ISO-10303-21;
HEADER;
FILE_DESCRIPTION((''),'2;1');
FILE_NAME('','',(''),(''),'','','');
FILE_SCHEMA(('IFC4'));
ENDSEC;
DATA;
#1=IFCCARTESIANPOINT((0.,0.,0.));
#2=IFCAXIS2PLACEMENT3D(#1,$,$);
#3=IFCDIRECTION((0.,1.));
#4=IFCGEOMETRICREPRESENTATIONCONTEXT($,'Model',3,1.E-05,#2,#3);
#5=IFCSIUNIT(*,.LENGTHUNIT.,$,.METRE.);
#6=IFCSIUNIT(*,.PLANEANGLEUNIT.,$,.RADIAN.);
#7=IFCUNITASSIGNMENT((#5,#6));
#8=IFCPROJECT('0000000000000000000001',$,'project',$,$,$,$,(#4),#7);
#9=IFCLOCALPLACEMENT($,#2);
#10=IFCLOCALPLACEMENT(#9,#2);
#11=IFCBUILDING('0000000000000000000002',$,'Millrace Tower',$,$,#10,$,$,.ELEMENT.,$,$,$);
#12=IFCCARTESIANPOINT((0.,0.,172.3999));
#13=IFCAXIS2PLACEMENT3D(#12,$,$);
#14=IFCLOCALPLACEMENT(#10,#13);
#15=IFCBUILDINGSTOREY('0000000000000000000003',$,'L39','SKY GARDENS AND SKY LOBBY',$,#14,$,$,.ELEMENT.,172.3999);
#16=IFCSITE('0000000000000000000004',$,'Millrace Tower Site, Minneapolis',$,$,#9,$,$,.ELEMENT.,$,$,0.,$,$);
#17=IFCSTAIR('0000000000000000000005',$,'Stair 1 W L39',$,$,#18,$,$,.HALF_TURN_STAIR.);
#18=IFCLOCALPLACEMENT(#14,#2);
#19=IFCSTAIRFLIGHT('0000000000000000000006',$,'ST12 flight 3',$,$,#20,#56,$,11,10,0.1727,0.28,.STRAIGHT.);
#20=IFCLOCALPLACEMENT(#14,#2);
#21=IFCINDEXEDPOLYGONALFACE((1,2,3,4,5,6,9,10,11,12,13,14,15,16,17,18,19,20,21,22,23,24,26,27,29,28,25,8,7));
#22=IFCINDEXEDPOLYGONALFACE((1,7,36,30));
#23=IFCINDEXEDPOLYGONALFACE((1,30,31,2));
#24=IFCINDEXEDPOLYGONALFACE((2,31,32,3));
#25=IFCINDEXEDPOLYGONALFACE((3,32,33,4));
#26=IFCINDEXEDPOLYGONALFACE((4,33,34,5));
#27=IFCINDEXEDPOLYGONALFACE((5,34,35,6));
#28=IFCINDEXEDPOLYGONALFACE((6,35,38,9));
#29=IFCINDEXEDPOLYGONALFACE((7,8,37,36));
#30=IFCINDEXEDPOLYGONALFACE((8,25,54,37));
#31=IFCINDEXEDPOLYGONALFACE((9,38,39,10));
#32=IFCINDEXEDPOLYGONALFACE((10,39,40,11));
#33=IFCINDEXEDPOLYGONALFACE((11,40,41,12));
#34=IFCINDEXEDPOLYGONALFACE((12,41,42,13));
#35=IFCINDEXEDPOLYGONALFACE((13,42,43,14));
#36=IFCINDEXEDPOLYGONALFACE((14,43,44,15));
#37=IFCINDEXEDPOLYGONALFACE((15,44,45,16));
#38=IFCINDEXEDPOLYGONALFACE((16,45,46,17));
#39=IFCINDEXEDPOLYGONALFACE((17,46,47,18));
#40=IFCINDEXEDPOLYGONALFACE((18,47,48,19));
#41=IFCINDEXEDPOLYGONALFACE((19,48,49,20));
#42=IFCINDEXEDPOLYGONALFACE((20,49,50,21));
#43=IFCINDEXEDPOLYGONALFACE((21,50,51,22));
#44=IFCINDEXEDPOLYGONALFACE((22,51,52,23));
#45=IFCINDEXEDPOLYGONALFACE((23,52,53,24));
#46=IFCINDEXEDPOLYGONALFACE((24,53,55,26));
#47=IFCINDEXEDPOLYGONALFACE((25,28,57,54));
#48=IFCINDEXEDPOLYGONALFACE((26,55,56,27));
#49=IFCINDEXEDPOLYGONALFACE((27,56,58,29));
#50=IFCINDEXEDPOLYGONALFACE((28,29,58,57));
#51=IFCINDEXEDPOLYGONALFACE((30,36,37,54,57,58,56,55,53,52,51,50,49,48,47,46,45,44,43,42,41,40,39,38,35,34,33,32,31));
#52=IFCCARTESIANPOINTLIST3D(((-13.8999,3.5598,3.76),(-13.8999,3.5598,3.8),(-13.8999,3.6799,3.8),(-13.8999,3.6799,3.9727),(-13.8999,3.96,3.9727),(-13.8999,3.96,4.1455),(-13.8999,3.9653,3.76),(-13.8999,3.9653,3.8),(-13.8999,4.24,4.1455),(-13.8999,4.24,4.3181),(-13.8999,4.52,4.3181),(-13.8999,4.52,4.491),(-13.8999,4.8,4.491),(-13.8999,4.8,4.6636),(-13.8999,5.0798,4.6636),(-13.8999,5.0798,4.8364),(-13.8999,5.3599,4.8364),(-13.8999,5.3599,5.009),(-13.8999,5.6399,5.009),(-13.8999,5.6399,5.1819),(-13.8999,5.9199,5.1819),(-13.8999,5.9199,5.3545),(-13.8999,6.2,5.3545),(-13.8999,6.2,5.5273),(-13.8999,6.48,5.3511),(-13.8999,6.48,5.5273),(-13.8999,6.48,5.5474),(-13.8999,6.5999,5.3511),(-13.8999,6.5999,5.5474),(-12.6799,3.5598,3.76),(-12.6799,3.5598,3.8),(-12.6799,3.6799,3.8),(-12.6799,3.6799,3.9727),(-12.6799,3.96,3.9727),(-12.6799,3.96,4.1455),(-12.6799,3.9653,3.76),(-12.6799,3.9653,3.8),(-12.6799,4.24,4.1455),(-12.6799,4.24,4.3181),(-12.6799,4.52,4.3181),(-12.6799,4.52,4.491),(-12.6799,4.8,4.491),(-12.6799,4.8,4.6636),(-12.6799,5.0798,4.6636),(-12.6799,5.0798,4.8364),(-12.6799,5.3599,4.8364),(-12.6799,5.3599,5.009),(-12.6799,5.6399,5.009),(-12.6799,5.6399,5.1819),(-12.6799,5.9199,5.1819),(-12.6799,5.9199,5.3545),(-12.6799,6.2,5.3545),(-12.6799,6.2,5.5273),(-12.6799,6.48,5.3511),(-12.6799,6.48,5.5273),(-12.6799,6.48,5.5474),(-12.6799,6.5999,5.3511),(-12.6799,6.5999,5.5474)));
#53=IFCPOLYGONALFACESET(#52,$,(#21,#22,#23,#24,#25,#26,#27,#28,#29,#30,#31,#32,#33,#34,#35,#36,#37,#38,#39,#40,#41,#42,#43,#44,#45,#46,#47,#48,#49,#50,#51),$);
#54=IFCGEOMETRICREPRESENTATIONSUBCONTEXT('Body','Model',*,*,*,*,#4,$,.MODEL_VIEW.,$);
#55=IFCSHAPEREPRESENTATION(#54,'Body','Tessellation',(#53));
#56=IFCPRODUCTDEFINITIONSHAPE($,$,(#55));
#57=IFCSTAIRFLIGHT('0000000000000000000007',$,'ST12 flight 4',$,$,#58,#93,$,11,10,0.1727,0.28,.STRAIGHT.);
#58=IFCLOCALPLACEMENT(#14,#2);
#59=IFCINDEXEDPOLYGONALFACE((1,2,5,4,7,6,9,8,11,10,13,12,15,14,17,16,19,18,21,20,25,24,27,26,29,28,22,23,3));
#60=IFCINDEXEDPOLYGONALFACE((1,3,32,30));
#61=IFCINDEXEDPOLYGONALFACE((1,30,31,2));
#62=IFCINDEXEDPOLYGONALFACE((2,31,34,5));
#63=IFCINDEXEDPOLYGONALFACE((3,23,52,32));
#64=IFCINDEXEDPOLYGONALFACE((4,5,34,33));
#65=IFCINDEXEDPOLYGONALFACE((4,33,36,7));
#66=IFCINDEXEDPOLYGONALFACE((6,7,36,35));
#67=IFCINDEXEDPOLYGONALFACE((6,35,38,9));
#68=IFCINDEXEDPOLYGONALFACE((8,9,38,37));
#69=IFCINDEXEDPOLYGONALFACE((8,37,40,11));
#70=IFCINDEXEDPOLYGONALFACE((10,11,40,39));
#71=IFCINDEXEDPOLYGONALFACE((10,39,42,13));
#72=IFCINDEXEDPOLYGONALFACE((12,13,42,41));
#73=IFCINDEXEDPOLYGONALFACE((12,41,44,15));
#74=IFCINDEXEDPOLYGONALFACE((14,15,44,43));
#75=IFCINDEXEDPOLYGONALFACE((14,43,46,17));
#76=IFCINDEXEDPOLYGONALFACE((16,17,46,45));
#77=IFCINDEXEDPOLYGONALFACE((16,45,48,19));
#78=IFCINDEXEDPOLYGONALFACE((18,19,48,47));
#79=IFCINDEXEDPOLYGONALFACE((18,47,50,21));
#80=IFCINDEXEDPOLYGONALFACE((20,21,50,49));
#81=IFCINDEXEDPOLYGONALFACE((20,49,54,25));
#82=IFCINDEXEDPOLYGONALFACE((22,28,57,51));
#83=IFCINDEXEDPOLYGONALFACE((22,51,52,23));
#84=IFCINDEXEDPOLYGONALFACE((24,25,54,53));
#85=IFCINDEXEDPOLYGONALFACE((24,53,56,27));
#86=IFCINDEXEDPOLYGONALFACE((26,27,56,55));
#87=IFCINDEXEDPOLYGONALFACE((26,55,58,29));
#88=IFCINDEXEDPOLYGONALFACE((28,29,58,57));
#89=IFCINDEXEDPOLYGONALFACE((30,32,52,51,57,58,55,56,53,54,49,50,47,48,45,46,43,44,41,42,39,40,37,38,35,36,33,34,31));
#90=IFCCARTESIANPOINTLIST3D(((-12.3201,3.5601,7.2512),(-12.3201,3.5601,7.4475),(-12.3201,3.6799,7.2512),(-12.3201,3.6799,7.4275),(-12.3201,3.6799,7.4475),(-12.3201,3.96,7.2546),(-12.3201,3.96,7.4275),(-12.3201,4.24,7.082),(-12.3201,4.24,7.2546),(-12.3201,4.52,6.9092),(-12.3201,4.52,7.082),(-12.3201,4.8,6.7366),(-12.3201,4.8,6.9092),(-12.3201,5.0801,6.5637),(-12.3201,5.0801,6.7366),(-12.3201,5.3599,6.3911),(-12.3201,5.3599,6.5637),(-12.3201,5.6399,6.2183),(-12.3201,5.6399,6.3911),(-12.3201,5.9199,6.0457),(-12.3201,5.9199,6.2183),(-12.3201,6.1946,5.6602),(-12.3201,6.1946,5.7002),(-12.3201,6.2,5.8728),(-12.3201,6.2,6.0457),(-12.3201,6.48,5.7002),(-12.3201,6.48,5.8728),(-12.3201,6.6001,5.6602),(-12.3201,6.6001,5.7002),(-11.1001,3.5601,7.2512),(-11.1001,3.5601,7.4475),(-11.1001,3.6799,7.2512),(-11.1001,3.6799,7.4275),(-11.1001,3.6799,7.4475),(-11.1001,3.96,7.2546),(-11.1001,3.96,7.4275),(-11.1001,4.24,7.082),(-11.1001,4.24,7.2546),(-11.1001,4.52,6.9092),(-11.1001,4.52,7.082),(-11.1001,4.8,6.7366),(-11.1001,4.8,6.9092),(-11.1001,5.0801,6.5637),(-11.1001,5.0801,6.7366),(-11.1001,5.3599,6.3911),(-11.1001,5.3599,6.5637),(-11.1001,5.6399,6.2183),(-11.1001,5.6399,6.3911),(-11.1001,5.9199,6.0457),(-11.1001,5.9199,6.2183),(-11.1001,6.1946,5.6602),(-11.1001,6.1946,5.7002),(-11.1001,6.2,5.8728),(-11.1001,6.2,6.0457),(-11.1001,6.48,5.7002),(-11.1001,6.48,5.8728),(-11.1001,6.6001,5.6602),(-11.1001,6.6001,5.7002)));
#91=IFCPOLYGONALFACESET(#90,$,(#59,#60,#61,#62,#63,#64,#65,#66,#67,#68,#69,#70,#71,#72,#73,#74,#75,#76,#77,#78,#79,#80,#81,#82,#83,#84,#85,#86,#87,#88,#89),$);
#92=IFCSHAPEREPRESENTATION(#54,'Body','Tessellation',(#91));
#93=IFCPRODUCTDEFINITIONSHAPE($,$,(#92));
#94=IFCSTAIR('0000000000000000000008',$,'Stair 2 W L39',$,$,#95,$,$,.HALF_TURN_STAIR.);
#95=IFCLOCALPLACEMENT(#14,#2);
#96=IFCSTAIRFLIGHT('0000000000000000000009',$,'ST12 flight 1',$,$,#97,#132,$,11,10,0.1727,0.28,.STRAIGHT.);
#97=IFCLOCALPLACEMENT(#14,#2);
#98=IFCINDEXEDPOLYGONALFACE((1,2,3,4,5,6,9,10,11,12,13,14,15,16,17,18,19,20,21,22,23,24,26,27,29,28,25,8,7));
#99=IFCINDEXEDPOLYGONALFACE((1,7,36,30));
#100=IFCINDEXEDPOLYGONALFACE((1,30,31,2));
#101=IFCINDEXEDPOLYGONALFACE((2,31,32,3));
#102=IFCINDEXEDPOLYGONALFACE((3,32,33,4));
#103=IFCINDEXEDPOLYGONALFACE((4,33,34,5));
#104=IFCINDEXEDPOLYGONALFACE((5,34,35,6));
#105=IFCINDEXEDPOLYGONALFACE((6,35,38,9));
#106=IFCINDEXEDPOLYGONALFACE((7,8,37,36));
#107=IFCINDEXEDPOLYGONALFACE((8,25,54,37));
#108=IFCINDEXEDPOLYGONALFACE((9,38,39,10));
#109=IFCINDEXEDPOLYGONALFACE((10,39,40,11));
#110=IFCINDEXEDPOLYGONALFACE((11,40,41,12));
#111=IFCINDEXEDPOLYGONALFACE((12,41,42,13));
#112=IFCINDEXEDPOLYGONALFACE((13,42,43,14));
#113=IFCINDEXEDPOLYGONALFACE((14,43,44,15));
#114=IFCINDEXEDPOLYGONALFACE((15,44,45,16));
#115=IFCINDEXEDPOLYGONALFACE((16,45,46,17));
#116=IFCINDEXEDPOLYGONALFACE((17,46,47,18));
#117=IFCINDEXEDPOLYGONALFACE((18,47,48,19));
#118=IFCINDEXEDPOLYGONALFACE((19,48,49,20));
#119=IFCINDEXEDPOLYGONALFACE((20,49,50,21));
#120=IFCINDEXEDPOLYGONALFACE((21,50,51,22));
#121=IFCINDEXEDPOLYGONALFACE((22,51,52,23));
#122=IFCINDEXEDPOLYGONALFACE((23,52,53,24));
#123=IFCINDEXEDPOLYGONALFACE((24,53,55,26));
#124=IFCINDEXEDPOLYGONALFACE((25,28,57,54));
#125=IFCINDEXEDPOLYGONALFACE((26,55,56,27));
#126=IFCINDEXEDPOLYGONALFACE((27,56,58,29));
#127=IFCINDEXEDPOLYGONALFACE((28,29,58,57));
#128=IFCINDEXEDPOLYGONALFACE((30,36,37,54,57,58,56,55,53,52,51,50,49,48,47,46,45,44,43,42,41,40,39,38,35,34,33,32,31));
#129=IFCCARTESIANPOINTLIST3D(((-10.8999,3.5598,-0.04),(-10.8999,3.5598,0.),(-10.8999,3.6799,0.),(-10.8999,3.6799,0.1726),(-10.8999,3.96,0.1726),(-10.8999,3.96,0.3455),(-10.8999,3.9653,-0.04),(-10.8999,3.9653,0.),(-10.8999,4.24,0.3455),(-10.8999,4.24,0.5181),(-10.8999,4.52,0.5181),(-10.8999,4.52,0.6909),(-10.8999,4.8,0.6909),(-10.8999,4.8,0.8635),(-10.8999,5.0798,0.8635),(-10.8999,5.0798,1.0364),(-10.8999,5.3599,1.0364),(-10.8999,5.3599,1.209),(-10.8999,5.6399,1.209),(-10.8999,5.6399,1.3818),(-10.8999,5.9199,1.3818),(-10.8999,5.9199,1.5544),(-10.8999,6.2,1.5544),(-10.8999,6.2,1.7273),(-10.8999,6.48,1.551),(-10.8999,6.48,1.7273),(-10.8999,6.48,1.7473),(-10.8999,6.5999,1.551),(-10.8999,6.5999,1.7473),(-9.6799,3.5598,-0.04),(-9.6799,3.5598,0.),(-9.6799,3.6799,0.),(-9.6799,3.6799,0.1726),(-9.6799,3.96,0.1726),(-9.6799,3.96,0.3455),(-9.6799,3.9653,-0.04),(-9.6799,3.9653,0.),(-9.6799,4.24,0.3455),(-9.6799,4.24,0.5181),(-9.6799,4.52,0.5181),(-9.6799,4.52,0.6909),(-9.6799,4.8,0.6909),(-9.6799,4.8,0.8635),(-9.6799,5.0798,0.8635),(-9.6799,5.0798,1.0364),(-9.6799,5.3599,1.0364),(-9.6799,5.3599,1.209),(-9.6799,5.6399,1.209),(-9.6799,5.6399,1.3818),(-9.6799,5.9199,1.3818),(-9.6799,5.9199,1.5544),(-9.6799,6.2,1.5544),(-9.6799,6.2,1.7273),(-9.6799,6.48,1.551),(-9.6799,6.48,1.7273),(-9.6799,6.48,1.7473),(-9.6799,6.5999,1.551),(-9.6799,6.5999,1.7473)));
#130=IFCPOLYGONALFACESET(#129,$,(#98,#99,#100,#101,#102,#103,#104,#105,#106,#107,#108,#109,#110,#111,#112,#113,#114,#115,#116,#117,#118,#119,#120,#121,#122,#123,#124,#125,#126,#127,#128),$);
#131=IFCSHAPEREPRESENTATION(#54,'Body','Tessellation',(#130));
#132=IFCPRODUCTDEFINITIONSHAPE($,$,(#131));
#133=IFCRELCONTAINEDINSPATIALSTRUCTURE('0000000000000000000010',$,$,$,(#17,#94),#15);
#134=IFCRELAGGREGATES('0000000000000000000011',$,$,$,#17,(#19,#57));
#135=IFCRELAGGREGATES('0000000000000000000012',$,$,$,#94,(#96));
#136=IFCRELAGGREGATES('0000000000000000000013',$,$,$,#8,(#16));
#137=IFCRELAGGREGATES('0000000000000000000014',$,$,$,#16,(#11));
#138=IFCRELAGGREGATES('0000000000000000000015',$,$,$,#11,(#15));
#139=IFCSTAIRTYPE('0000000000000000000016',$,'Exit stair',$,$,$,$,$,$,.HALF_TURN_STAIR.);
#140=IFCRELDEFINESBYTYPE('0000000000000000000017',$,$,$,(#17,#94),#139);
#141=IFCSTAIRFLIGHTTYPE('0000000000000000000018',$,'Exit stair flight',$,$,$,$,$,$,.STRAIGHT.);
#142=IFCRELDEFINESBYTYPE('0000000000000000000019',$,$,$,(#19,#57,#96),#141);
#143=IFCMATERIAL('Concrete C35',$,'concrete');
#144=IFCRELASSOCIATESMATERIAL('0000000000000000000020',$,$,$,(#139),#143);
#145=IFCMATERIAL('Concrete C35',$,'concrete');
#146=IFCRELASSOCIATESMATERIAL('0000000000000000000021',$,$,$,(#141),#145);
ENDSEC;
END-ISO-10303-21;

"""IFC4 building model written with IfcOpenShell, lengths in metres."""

from ifc_helpers import new_model, si_unit, direction, frame, origin, place, context, subcontext, project, spatial, polyline, outline, extrude, material, type_object, element, aggregate, save


model = new_model("IFC4")

# Units and contexts
model_context = context("Model", 3, precision=1e-05, world=origin(), true_north=direction((0.0, 1.0)))
body_context = subcontext(model_context, "Body", "Model", "MODEL_VIEW")
ifc_project = project(units=[si_unit("LENGTHUNIT", "METRE"), si_unit("PLANEANGLEUNIT", "RADIAN")], contexts=[model_context])

# Site, building, storey
site_placement = place(None, origin())
site = spatial("IfcSite", under=ifc_project, at=site_placement, Name="Millrace Tower Site, Minneapolis", CompositionType="ELEMENT", RefElevation=0.0)
building_placement = place(site_placement, origin())
building = spatial("IfcBuilding", under=site, at=building_placement, Name="Millrace Tower", CompositionType="ELEMENT")
storey_placement = place(building_placement, frame((0.0, 0.0, 172.3999)))
storey = spatial("IfcBuildingStorey", under=building, at=storey_placement, Name="L39", Description="SKY GARDENS AND SKY LOBBY", CompositionType="ELEMENT", Elevation=172.3999)

# Shared definitions
placement = place(storey_placement, origin())

# Stair, stair flights
ifc_material_1 = material(Name="Concrete C35", Category="concrete")
stair_type = type_object("IfcStairType", Name="Exit stair", PredefinedType="HALF_TURN_STAIR", material=ifc_material_1)
stair_1 = element("IfcStair", 1, at=placement, inside=storey, type_object=stair_type, Name="Stair 1 W L39", PredefinedType="HALF_TURN_STAIR")
ifc_material_2 = material(Name="Concrete C35", Category="concrete")
stair_flight_type = type_object("IfcStairFlightType", Name="Exit stair flight", PredefinedType="STRAIGHT", material=ifc_material_2)
stair_flight_1_placement = place(storey_placement, frame((-13.29, 3.6799, 3.8), z_axis=(0.0, 0.0, 1.0), x_axis=(0.0, 1.0, 0.0)))
stair_flight_1 = element("IfcStairFlight", 2, at=stair_flight_1_placement, type_object=stair_flight_type, Name="ST12 flight 3", NumberOfRisers=11, NumberOfTreads=10, PredefinedType="STRAIGHT", RiserHeight=0.1727, TreadLength=0.28, context=body_context, shape_type="SweptSolid", body=[
    extrude(outline(polyline([(-0.1201, -0.04), (-0.1201, 0.0), (0.0, 0.0), (0.0, 0.1726), (0.28, 0.1726), (0.28, 0.3455), (0.5601, 0.3455), (0.5601, 0.5181), (0.8401, 0.5181), (0.8401, 0.6909), (1.1201, 0.6909), (1.1201, 0.8635), (1.3999, 0.8635), (1.3999, 1.0364), (1.6799, 1.0364), (1.6799, 1.209), (1.96, 1.209), (1.96, 1.3818), (2.24, 1.3818), (2.24, 1.5544), (2.52, 1.5544), (2.52, 1.7273), (2.8, 1.7273), (2.8, 1.7473), (2.9199, 1.7473), (2.9199, 1.551), (2.8, 1.551), (0.2854, 0.0), (0.2854, -0.04), (-0.1201, -0.04)])), frame((0.0, 0.6099, 0.0), z_axis=(0.0, -1.0, 0.0), x_axis=(1.0, 0.0, 0.0)), (0.0, 0.0, 1.0), 1.22),
])
stair_flight_2_placement = place(storey_placement, frame((-11.71, 6.48, 5.7002), z_axis=(0.0, 0.0, 1.0), x_axis=(0.0, -1.0, 0.0)))
stair_flight_2 = element("IfcStairFlight", 3, at=stair_flight_2_placement, type_object=stair_flight_type, Name="ST12 flight 4", NumberOfRisers=11, NumberOfTreads=10, PredefinedType="STRAIGHT", RiserHeight=0.1727, TreadLength=0.28, context=body_context, shape_type="SweptSolid", body=[
    extrude(outline(polyline([(-0.1201, -0.04), (-0.1201, 0.0), (0.0, 0.0), (0.0, 0.1726), (0.28, 0.1726), (0.28, 0.3455), (0.5601, 0.3455), (0.5601, 0.5181), (0.8401, 0.5181), (0.8401, 0.6909), (1.1201, 0.6909), (1.1201, 0.8635), (1.3999, 0.8635), (1.3999, 1.0364), (1.6799, 1.0364), (1.6799, 1.209), (1.96, 1.209), (1.96, 1.3818), (2.24, 1.3818), (2.24, 1.5544), (2.52, 1.5544), (2.52, 1.7273), (2.8, 1.7273), (2.8, 1.7473), (2.9199, 1.7473), (2.9199, 1.551), (2.8, 1.551), (0.2854, 0.0), (0.2854, -0.04), (-0.1201, -0.04)])), frame((0.0, 0.6099, 0.0), z_axis=(0.0, -1.0, 0.0), x_axis=(1.0, 0.0, 0.0)), (0.0, 0.0, 1.0), 1.22),
])
aggregate(stair_1, [stair_flight_1, stair_flight_2])

# Stair, stair flight
stair_2 = element("IfcStair", 4, at=placement, inside=storey, type_object=stair_type, Name="Stair 2 W L39", PredefinedType="HALF_TURN_STAIR")
stair_flight_3_placement = place(storey_placement, frame((-10.29, 3.6799, 0.0), z_axis=(0.0, 0.0, 1.0), x_axis=(0.0, 1.0, 0.0)))
stair_flight_3 = element("IfcStairFlight", 5, at=stair_flight_3_placement, type_object=stair_flight_type, Name="ST12 flight 1", NumberOfRisers=11, NumberOfTreads=10, PredefinedType="STRAIGHT", RiserHeight=0.1727, TreadLength=0.28, context=body_context, shape_type="SweptSolid", body=[
    extrude(outline(polyline([(-0.1201, -0.04), (-0.1201, 0.0), (0.0, 0.0), (0.0, 0.1726), (0.28, 0.1726), (0.28, 0.3455), (0.5601, 0.3455), (0.5601, 0.5181), (0.8401, 0.5181), (0.8401, 0.6909), (1.1201, 0.6909), (1.1201, 0.8635), (1.3999, 0.8635), (1.3999, 1.0364), (1.6799, 1.0364), (1.6799, 1.209), (1.96, 1.209), (1.96, 1.3818), (2.24, 1.3818), (2.24, 1.5544), (2.52, 1.5544), (2.52, 1.7273), (2.8, 1.7273), (2.8, 1.7473), (2.9199, 1.7473), (2.9199, 1.551), (2.8, 1.551), (0.2854, 0.0), (0.2854, -0.04), (-0.1201, -0.04)])), frame((0.0, 0.6099, 0.0), z_axis=(0.0, -1.0, 0.0), x_axis=(1.0, 0.0, 0.0)), (0.0, 0.0, 1.0), 1.22),
])
aggregate(stair_2, [stair_flight_3])

save(model, "model.ifc")
